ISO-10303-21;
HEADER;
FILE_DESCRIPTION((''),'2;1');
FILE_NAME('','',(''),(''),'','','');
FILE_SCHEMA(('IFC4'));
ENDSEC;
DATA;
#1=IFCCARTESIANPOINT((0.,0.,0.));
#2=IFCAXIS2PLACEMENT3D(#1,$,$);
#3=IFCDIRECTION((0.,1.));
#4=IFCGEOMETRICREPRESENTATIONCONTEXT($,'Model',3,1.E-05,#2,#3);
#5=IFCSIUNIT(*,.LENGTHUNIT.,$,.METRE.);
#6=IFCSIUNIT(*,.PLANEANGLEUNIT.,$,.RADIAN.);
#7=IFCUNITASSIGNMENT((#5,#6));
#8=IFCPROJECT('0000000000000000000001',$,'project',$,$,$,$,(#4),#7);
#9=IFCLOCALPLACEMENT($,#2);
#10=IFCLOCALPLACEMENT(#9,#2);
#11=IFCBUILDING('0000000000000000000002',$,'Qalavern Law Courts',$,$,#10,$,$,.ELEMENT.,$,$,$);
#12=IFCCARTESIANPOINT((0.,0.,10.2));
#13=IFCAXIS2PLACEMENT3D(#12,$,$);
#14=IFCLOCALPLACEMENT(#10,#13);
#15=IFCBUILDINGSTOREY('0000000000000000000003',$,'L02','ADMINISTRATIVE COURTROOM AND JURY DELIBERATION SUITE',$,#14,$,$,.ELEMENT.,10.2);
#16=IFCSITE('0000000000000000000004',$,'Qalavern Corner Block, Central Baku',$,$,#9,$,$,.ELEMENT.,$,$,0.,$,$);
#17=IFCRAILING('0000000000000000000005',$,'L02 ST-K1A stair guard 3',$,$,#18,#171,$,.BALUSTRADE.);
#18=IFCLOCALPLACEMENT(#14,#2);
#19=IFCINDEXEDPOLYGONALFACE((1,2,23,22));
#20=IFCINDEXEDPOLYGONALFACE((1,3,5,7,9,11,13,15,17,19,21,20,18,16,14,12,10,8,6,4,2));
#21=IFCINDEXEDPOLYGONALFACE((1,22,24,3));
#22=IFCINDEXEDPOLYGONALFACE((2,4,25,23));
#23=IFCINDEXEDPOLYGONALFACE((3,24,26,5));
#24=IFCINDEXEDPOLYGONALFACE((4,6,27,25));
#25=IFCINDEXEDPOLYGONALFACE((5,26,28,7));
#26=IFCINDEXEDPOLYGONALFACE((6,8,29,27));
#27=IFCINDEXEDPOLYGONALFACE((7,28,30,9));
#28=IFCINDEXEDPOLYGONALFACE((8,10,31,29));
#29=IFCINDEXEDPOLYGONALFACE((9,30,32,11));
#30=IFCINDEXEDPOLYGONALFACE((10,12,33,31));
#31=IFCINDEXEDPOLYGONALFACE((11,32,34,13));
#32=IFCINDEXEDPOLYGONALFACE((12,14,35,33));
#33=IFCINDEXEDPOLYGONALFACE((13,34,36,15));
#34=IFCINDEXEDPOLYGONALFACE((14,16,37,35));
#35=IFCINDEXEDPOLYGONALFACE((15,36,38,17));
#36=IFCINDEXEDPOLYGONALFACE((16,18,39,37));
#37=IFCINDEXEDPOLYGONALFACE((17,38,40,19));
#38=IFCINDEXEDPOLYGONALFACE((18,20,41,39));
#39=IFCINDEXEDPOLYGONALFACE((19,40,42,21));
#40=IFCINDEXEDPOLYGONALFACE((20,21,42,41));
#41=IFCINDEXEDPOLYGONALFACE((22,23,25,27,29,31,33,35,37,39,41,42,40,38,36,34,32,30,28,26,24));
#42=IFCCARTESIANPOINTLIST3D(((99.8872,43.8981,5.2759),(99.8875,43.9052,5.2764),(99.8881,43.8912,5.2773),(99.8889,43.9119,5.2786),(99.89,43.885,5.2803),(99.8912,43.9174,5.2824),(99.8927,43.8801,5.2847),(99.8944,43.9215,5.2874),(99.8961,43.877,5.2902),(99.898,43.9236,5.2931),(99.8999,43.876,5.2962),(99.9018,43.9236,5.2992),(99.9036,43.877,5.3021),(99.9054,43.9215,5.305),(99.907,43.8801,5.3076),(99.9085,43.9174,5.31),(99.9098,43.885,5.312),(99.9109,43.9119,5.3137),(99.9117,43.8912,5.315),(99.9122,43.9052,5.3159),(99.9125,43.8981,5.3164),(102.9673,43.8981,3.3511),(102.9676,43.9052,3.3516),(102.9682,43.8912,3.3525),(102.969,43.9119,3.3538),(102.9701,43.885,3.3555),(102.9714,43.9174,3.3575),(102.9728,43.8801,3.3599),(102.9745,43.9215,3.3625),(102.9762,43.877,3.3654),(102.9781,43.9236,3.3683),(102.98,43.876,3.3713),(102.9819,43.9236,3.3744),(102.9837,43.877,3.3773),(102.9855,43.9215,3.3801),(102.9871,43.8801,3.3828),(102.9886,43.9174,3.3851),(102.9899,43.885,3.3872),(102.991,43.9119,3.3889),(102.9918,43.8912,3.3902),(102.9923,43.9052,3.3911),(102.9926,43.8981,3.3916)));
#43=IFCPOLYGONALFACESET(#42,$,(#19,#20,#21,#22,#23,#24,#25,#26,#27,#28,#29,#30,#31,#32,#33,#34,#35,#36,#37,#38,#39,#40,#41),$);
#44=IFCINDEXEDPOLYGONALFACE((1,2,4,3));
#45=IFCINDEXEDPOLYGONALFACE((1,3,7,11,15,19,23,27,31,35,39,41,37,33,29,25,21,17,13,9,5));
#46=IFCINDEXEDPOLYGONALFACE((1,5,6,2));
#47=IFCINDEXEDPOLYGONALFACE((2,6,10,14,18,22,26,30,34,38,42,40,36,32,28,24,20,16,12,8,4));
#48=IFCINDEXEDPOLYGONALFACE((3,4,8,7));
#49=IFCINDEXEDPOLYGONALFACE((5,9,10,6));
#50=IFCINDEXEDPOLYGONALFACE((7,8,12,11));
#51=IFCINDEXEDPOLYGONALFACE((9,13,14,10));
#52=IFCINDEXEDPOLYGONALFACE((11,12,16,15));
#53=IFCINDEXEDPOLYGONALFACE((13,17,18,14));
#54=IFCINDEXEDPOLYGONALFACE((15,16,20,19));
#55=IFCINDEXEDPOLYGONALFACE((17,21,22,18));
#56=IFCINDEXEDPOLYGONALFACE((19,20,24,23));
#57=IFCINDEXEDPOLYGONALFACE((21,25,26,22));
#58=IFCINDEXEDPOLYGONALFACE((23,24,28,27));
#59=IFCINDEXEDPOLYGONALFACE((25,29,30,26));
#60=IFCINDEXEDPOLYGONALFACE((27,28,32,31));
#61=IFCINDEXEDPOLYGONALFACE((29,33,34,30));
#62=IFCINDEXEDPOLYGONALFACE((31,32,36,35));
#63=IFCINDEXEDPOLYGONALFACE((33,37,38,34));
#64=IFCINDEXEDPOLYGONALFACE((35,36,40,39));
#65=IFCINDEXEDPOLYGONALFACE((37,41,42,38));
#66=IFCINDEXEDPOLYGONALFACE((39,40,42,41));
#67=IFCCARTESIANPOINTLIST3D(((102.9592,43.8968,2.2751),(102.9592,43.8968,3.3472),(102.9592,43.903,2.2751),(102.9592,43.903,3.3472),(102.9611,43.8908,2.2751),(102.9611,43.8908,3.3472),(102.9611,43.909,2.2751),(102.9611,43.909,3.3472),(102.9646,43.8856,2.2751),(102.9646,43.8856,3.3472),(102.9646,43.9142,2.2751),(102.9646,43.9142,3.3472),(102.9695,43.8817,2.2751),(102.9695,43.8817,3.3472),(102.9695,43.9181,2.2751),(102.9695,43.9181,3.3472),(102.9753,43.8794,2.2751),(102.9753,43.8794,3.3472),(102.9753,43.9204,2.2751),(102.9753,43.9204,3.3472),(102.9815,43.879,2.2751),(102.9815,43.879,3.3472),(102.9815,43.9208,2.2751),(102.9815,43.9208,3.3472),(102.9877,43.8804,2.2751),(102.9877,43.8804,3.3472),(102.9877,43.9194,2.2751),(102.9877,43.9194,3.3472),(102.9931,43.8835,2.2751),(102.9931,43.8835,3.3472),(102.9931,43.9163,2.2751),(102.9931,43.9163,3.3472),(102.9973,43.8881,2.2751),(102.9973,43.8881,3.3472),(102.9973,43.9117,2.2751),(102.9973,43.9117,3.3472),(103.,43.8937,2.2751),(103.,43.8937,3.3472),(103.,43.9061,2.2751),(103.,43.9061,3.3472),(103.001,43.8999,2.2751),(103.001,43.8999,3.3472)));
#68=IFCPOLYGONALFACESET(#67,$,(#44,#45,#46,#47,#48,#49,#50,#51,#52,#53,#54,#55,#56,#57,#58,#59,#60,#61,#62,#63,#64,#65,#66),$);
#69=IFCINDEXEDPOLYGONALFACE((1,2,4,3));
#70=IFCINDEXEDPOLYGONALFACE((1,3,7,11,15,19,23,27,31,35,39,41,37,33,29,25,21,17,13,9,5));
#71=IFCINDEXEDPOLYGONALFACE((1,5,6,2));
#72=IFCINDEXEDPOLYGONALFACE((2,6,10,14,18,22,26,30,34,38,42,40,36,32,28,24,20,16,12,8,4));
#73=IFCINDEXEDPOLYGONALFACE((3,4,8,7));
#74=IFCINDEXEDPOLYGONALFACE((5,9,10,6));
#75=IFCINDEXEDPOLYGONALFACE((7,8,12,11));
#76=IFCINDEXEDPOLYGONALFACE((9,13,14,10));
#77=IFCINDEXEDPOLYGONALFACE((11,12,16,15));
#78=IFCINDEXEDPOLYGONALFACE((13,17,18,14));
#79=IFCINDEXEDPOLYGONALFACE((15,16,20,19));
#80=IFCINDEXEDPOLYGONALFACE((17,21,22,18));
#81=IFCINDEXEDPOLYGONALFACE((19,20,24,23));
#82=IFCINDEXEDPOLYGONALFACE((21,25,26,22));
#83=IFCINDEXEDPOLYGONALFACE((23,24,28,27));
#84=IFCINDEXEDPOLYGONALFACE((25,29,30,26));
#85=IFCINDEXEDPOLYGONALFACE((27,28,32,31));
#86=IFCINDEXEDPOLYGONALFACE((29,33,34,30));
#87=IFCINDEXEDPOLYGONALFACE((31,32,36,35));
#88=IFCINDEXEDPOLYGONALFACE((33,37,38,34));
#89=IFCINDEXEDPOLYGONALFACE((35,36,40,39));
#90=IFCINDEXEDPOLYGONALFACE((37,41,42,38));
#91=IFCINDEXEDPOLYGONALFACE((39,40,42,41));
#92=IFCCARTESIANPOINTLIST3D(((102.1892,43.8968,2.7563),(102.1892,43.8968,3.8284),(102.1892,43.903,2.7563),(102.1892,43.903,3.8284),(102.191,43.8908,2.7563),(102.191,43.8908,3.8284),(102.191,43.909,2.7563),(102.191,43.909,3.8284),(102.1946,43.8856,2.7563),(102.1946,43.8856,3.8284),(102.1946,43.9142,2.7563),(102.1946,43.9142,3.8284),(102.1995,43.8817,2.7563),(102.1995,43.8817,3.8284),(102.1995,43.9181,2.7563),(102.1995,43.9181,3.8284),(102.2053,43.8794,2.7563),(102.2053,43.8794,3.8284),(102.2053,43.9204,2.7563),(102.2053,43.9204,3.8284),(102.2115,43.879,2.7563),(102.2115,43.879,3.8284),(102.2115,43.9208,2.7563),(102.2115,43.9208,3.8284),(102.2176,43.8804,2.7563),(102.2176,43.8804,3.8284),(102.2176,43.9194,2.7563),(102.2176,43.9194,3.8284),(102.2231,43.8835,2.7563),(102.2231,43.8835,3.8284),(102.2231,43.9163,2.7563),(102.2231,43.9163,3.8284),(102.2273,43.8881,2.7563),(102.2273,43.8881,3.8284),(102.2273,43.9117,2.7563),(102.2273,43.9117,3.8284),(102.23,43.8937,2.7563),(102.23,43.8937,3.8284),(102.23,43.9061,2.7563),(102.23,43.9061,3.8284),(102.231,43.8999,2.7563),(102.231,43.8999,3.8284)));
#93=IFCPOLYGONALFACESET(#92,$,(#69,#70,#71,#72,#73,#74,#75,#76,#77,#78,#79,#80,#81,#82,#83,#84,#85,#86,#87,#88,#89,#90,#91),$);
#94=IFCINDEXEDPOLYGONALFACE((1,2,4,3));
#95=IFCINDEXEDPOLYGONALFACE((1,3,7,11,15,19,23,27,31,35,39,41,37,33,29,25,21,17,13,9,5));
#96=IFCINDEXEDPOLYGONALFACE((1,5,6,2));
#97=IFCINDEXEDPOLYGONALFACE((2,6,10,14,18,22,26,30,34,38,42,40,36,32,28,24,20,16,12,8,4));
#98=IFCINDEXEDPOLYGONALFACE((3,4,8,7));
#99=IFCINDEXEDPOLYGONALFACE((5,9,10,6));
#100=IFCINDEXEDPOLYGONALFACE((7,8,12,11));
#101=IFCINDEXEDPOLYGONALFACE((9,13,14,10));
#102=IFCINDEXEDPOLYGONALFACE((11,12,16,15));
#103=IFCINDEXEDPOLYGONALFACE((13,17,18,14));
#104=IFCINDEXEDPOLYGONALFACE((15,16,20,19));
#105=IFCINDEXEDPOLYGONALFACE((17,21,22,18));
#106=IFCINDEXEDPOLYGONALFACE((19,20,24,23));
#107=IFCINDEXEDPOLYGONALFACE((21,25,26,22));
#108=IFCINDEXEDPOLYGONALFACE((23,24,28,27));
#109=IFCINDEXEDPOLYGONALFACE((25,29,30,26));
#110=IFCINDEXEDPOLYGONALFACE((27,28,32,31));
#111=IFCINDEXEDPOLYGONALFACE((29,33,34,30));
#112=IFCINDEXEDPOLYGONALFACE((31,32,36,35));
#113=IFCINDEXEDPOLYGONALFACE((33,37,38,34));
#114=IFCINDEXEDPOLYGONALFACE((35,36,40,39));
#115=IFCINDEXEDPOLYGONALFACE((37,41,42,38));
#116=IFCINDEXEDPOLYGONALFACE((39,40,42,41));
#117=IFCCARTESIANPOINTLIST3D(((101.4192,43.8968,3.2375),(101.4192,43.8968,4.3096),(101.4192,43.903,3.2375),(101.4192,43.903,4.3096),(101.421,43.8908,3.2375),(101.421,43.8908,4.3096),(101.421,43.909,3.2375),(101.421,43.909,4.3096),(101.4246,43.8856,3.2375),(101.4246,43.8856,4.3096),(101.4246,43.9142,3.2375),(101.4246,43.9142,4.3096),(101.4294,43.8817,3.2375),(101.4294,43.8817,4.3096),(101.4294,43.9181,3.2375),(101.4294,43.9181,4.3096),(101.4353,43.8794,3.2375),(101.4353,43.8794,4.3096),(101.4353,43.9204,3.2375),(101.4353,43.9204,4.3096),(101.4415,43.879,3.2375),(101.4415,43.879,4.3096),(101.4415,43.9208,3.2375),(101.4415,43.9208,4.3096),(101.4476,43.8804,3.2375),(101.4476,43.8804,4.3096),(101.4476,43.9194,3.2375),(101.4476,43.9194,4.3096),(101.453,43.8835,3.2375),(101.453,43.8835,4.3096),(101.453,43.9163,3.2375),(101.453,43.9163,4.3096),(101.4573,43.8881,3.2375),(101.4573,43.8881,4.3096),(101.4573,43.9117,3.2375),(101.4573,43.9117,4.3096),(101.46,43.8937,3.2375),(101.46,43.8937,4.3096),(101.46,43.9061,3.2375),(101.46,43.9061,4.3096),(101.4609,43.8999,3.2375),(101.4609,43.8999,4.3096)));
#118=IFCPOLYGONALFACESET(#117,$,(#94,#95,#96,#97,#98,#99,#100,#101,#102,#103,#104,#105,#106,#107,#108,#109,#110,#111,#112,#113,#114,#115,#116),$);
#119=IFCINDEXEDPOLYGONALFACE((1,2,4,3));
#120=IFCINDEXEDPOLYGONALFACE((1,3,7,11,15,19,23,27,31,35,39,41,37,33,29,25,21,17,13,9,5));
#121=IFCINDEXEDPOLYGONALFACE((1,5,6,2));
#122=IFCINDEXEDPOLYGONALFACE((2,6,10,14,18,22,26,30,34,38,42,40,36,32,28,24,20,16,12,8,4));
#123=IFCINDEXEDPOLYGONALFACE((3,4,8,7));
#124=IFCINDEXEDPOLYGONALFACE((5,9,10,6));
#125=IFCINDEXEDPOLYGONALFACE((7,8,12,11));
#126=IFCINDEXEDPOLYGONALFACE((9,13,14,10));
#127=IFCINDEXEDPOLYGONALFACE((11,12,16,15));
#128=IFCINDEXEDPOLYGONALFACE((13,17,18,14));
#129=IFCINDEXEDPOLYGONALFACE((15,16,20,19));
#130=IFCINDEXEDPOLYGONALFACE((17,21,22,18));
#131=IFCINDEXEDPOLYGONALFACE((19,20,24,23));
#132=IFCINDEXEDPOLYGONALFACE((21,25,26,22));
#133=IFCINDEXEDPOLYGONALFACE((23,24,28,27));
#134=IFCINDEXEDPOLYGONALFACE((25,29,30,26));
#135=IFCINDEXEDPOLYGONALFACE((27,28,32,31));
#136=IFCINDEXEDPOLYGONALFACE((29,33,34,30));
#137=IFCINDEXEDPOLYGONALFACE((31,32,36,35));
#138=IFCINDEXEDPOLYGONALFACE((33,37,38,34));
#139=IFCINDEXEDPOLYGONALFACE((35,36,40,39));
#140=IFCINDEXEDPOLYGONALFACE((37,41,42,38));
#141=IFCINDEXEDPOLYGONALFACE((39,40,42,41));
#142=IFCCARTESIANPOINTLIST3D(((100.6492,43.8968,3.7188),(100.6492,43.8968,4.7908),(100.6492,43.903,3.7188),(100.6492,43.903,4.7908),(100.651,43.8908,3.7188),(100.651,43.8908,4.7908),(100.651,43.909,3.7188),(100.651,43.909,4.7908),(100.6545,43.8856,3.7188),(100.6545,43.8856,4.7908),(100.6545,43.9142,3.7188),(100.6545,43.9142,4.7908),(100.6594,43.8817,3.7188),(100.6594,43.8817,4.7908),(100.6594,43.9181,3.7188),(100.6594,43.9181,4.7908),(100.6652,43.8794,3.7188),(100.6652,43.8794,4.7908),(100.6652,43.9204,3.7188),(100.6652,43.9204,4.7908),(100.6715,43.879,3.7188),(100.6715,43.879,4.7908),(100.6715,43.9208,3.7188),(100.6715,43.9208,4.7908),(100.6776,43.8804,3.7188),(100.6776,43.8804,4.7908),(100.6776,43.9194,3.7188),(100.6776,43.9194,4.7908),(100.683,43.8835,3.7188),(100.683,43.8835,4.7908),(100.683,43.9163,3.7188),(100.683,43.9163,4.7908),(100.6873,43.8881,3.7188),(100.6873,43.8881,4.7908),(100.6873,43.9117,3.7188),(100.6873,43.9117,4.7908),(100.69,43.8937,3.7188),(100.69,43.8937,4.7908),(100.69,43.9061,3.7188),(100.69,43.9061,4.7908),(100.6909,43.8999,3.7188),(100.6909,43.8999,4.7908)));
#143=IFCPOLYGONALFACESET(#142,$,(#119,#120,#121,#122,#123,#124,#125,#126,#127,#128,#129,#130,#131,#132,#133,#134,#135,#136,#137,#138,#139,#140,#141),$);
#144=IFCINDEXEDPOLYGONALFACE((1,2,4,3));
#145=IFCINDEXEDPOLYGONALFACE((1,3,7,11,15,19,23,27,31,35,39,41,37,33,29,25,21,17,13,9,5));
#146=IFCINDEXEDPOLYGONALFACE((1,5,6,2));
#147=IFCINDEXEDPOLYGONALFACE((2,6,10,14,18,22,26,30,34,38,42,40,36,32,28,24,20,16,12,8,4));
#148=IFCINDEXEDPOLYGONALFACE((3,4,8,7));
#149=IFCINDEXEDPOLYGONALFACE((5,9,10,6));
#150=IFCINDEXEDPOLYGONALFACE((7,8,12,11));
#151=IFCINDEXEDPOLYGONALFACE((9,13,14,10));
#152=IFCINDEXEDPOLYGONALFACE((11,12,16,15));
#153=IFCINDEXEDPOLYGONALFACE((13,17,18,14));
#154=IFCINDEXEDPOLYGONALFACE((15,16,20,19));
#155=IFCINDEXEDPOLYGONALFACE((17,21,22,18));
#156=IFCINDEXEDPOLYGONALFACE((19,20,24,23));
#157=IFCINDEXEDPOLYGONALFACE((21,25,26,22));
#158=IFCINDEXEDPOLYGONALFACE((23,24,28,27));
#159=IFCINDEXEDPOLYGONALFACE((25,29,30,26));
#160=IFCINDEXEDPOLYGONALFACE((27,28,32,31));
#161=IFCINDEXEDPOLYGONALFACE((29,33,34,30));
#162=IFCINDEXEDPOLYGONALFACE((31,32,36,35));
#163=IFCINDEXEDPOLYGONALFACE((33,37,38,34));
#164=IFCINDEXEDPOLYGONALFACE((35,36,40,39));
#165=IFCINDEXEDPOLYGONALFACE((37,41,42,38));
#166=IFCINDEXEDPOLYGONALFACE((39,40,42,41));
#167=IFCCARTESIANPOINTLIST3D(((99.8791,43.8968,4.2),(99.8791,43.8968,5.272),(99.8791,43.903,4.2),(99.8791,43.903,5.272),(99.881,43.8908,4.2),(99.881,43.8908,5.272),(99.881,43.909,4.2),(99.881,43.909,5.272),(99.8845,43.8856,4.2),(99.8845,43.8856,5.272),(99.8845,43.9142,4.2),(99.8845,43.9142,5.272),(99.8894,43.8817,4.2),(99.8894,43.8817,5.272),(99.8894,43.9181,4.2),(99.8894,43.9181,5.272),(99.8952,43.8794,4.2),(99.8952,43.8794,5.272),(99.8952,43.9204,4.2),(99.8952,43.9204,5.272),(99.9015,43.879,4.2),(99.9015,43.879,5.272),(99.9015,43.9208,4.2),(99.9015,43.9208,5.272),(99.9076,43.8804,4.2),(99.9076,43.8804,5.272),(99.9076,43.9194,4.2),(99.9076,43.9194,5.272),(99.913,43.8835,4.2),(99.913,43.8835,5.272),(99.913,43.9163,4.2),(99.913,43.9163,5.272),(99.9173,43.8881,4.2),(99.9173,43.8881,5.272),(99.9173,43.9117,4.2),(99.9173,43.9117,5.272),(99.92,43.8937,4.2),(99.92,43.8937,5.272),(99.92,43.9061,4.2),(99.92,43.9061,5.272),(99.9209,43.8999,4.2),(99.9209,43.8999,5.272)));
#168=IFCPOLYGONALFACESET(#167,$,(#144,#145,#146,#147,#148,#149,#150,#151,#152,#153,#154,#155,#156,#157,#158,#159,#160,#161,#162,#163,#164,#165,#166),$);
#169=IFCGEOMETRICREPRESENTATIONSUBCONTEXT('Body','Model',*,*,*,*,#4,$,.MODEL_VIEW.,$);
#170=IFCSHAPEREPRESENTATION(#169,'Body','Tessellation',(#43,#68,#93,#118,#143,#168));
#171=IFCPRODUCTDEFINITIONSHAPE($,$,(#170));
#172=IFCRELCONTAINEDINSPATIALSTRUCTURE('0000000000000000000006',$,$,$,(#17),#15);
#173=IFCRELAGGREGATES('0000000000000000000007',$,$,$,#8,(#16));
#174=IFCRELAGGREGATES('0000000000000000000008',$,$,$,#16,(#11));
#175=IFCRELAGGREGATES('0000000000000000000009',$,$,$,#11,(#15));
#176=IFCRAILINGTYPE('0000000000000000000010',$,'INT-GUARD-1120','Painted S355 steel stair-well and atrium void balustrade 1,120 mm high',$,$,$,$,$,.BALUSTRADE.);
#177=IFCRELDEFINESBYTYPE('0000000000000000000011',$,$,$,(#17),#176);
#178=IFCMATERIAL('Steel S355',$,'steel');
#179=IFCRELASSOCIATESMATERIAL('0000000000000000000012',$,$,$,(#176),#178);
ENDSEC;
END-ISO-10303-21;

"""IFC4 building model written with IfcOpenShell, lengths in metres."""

from ifc_helpers import new_model, si_unit, direction, frame, origin, origin_2d, place, context, subcontext, project, spatial, circle, extrude, material, type_object, element, save


model = new_model("IFC4")

# Units and contexts
model_context = context("Model", 3, precision=1e-05, world=origin(), true_north=direction((0.0, 1.0)))
body_context = subcontext(model_context, "Body", "Model", "MODEL_VIEW")
ifc_project = project(units=[si_unit("LENGTHUNIT", "METRE"), si_unit("PLANEANGLEUNIT", "RADIAN")], contexts=[model_context])

# Site, building, storey
site_placement = place(None, origin())
site = spatial("IfcSite", under=ifc_project, at=site_placement, Name="Qalavern Corner Block, Central Baku", CompositionType="ELEMENT", RefElevation=0.0)
building_placement = place(site_placement, origin())
building = spatial("IfcBuilding", under=site, at=building_placement, Name="Qalavern Law Courts", CompositionType="ELEMENT")
storey_placement = place(building_placement, frame((0.0, 0.0, 10.2)))
storey = spatial("IfcBuildingStorey", under=building, at=storey_placement, Name="L02", Description="ADMINISTRATIVE COURTROOM AND JURY DELIBERATION SUITE", CompositionType="ELEMENT", Elevation=10.2)

# Shared definitions
ifc_material_1 = material(Name="Steel S355", Category="steel")

# Railing
railing_type = type_object("IfcRailingType", Name="INT-GUARD-1120", Description="Painted S355 steel stair-well and atrium void balustrade 1,120 mm high", PredefinedType="BALUSTRADE", material=ifc_material_1)
railing_1_placement = place(storey_placement, frame((102.98, 43.8999, 2.2751)))
element("IfcRailing", 1, at=railing_1_placement, inside=storey, type_object=railing_type, Name="L02 ST-K1A stair guard 3", PredefinedType="BALUSTRADE", context=body_context, shape_type="SweptSolid", body=[
    extrude(circle(Radius=0.0239, at=origin_2d()), frame((0.0, 0.0, 1.0962), z_axis=(-0.848029, 0.0, 0.529951), x_axis=(0.0, -1.0, 0.0)), (0.0, 0.0, 1.0), 3.6321),
    extrude(circle(Radius=0.021, at=origin_2d()), origin(), (0.0, 0.0, 1.0), 1.072),
    extrude(circle(Radius=0.021, at=origin_2d()), frame((-0.77, 0.0, 0.4812)), (0.0, 0.0, 1.0), 1.072),
    extrude(circle(Radius=0.021, at=origin_2d()), frame((-1.54, 0.0, 0.9624)), (0.0, 0.0, 1.0), 1.072),
    extrude(circle(Radius=0.021, at=origin_2d()), frame((-2.3101, 0.0, 1.4436)), (0.0, 0.0, 1.0), 1.072),
    extrude(circle(Radius=0.021, at=origin_2d()), frame((-3.0801, 0.0, 1.9248)), (0.0, 0.0, 1.0), 1.072),
])

save(model, "model.ifc")
